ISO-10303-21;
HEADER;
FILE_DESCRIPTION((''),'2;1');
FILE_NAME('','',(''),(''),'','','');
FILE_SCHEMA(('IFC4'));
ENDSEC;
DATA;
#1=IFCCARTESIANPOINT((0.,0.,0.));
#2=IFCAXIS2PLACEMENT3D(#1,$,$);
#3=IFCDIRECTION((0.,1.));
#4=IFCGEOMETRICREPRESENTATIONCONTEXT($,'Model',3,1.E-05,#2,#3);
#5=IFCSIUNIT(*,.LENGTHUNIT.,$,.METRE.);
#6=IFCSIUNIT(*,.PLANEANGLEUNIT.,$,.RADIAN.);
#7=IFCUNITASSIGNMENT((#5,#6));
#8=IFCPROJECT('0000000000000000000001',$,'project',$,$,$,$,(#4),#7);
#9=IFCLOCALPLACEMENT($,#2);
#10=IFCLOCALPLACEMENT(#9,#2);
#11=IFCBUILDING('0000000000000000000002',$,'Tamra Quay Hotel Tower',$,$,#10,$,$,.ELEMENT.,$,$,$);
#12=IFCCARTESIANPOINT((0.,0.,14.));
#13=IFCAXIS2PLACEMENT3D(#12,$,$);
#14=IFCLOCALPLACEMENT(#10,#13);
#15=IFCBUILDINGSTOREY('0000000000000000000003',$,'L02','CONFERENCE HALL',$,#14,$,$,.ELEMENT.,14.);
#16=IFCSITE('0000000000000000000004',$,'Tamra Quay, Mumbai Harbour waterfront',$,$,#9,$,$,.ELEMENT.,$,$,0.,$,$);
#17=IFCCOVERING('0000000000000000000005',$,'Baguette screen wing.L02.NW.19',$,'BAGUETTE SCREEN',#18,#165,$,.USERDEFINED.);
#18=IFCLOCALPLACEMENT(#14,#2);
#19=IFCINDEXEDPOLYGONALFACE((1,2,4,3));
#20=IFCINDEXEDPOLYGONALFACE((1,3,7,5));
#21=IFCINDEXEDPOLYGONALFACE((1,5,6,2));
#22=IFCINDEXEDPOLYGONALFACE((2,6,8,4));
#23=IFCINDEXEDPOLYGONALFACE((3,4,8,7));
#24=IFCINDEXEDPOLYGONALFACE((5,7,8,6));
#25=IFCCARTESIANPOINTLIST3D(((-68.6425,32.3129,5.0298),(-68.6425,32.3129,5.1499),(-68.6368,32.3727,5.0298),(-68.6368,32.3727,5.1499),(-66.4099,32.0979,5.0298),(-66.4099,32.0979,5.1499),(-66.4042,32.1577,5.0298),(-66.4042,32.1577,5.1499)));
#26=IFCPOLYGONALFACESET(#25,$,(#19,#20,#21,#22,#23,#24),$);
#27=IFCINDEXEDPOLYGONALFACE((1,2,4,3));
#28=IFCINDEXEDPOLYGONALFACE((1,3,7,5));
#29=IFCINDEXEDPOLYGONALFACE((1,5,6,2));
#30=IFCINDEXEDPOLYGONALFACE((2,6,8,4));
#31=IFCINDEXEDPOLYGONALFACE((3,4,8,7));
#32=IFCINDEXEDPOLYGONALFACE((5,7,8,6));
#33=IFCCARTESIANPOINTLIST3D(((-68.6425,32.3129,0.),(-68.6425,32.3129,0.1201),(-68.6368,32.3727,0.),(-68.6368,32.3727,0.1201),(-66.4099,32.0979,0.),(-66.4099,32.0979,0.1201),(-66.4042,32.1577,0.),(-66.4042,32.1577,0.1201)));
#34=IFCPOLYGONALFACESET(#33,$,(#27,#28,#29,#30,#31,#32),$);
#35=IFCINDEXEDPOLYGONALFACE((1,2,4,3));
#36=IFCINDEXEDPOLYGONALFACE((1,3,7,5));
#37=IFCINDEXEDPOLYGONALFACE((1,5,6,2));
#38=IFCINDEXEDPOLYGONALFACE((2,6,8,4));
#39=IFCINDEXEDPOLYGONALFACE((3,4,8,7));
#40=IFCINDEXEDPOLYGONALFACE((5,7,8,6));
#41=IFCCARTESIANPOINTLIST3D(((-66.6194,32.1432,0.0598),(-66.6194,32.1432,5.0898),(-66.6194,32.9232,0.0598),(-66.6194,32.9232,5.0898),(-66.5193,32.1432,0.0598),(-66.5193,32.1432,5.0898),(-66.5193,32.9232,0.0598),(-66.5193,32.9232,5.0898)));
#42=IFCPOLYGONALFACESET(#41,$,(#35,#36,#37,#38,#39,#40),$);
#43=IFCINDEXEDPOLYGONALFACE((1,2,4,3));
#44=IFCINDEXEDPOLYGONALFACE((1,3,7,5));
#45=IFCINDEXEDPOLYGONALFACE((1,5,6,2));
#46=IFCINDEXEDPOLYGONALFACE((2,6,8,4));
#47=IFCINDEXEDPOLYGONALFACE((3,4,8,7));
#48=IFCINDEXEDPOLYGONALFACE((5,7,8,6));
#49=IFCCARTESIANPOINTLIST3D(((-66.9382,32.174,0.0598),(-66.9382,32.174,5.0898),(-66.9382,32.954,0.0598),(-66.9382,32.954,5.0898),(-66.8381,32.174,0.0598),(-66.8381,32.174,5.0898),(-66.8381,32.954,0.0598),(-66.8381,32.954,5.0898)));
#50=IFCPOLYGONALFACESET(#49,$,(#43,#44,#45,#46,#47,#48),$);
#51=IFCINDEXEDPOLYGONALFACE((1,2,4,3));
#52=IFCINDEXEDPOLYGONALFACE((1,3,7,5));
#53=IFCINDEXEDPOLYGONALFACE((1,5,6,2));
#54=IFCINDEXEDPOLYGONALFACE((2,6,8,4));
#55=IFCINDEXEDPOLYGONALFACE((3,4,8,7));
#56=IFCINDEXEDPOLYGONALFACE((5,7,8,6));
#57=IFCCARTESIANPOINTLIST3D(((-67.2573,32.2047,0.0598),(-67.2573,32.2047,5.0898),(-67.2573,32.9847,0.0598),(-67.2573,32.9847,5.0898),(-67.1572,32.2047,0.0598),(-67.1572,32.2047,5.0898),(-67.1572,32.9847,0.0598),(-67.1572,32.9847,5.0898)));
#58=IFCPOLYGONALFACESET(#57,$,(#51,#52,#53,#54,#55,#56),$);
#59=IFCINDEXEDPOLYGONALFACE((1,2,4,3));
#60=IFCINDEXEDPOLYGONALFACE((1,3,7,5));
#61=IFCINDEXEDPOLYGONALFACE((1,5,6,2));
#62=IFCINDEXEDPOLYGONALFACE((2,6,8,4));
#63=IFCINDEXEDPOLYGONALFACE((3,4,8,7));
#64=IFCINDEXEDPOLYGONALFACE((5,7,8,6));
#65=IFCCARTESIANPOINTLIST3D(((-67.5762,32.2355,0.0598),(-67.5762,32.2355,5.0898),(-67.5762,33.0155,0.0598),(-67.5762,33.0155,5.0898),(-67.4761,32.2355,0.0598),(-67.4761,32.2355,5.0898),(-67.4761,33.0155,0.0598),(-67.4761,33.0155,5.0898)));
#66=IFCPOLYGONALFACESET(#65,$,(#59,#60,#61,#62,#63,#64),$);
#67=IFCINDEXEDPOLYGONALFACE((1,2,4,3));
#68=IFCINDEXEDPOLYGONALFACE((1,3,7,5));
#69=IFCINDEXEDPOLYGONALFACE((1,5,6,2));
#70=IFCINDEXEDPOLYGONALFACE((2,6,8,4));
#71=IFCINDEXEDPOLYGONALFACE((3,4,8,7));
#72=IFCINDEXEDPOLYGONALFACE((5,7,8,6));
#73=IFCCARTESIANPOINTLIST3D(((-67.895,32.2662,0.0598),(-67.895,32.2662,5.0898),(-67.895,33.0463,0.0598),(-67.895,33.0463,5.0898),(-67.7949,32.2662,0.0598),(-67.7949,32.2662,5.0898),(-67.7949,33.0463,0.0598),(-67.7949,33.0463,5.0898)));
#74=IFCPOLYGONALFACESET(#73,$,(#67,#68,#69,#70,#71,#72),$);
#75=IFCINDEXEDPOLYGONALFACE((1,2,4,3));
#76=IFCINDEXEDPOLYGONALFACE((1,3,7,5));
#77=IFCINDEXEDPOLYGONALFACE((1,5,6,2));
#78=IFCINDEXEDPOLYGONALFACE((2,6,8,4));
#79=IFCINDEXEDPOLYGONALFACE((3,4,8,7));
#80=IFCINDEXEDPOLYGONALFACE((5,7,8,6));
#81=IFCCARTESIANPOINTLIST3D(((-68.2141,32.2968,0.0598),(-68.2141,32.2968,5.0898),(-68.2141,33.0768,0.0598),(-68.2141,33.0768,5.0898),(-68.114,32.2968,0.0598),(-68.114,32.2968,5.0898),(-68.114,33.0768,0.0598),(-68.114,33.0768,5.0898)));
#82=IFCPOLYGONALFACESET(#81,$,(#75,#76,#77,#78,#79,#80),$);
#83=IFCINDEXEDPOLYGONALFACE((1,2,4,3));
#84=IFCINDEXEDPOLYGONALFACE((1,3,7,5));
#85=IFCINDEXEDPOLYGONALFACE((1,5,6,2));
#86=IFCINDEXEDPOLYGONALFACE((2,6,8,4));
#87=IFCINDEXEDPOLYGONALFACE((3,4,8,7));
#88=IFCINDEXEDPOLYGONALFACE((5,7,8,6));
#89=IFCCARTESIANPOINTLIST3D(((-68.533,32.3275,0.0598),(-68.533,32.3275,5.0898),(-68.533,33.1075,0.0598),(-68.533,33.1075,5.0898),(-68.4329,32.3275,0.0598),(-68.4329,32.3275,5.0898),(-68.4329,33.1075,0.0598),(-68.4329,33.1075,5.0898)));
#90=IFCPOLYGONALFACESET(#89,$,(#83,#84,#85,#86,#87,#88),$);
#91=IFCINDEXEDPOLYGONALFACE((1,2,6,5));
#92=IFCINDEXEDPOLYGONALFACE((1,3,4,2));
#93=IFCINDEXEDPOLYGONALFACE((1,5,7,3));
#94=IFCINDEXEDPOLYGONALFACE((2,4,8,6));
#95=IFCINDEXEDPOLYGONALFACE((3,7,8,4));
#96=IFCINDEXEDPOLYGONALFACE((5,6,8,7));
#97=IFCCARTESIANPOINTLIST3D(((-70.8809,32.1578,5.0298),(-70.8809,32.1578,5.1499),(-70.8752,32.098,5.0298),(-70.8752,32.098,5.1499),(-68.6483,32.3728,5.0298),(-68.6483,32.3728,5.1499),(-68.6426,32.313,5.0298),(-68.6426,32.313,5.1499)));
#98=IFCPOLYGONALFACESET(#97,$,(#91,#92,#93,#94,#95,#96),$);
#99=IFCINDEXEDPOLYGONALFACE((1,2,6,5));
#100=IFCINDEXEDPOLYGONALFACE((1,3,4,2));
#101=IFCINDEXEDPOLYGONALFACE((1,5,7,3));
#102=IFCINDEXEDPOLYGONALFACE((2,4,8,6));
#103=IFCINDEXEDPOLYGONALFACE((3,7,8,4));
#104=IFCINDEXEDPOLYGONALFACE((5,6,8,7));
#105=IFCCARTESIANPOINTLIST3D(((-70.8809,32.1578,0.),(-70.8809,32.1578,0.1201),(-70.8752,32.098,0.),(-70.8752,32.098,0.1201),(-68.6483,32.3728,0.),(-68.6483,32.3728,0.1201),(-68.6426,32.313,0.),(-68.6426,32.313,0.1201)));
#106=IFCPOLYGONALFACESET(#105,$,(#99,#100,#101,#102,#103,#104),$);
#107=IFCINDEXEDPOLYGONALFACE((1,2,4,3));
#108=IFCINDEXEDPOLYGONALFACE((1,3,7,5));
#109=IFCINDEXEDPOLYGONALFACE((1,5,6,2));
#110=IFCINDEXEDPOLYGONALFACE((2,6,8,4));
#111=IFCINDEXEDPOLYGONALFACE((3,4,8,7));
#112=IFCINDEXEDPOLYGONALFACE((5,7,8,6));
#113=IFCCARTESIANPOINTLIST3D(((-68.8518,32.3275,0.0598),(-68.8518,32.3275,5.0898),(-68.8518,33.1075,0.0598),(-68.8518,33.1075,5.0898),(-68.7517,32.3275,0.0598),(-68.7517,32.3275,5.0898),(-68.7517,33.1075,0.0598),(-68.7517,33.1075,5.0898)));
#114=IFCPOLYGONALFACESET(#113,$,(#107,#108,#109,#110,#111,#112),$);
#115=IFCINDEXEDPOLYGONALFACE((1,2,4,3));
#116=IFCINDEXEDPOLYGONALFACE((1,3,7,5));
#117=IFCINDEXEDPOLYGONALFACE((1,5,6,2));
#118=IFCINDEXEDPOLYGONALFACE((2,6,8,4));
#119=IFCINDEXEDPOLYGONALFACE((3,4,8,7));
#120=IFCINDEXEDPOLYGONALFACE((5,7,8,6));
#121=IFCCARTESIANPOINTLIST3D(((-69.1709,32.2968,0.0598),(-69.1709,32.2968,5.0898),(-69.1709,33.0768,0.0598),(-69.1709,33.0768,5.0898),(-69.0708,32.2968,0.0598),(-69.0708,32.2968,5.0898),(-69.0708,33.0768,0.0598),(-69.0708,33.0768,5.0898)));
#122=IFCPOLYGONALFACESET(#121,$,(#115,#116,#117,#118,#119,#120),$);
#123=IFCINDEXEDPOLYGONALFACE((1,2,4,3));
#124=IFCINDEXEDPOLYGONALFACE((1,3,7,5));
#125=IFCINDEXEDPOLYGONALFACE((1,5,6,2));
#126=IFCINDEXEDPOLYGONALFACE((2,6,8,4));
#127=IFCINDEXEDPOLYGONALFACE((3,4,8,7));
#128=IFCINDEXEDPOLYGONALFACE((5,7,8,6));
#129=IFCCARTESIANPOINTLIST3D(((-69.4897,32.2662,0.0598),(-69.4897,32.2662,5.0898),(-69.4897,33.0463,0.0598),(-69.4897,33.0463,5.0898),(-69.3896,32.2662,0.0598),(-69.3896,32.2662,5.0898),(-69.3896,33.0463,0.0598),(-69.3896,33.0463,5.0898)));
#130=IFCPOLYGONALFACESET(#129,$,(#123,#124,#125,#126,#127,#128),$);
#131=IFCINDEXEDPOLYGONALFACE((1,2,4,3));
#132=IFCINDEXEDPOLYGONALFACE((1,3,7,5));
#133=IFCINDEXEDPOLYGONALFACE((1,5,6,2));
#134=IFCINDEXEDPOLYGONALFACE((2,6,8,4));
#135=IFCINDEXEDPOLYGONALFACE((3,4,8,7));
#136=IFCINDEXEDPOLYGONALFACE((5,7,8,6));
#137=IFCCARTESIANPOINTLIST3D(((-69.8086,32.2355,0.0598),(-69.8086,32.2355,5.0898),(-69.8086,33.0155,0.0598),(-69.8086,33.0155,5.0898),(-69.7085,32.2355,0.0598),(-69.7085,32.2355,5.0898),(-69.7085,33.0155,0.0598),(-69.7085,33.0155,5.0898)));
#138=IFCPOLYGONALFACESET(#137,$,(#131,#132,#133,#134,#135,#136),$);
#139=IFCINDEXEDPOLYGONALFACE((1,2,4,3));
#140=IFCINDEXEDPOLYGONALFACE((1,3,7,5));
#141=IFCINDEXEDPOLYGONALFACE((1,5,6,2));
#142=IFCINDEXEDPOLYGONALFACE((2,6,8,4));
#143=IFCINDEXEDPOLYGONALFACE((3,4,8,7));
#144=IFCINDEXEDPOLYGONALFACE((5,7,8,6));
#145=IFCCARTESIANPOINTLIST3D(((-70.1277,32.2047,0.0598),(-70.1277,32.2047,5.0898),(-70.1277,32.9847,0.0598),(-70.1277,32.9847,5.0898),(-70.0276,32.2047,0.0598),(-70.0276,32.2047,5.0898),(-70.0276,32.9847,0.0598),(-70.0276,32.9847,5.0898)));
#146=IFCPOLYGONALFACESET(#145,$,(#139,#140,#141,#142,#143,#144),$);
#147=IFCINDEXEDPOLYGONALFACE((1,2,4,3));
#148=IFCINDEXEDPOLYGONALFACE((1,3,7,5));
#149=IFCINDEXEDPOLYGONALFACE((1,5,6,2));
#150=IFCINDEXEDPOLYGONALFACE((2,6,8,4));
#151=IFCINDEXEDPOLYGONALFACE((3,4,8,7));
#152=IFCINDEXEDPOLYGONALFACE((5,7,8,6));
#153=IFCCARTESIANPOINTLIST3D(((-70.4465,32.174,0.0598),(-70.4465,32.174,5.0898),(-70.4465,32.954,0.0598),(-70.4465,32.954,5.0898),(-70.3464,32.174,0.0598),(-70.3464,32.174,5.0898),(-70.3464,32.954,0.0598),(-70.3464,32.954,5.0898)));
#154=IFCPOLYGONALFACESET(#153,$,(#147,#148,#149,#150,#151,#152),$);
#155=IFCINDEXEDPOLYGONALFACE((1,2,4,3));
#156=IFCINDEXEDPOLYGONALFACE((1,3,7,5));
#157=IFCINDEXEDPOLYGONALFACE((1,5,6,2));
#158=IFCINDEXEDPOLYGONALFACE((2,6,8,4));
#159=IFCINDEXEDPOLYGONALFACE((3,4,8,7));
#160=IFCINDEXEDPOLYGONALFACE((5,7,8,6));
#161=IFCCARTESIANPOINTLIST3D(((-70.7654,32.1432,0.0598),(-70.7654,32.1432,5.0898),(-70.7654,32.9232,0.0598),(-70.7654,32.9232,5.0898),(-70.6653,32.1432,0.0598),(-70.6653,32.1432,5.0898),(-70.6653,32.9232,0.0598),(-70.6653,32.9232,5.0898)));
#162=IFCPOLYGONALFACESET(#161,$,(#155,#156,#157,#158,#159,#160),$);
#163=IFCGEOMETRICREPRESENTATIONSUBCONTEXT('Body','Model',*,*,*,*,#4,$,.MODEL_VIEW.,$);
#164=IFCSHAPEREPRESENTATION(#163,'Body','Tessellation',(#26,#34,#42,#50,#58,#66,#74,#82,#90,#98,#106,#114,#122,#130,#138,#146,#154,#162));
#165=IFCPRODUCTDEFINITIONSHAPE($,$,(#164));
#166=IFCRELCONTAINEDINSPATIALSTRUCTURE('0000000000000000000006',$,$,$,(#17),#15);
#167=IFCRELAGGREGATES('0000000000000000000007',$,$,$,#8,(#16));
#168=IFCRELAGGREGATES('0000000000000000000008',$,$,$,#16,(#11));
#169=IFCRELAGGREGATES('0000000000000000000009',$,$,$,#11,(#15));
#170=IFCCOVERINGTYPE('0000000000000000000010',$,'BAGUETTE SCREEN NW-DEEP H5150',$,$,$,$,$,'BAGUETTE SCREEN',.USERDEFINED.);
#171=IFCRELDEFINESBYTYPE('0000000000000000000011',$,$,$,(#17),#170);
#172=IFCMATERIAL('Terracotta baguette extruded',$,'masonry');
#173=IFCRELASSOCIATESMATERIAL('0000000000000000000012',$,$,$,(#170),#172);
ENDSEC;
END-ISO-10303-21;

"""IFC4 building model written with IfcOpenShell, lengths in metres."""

from ifc_helpers import new_model, si_unit, direction, frame, frame_2d, origin, place, context, subcontext, project, spatial, rectangle, extrude, source, transform, mapped, material, type_object, element, save


model = new_model("IFC4")

# Units and contexts
model_context = context("Model", 3, precision=1e-05, world=origin(), true_north=direction((0.0, 1.0)))
body_context = subcontext(model_context, "Body", "Model", "MODEL_VIEW")
ifc_project = project(units=[si_unit("LENGTHUNIT", "METRE"), si_unit("PLANEANGLEUNIT", "RADIAN")], contexts=[model_context])

# Site, building, storey
site_placement = place(None, origin())
site = spatial("IfcSite", under=ifc_project, at=site_placement, Name="Tamra Quay, Mumbai Harbour waterfront", CompositionType="ELEMENT", RefElevation=0.0)
building_placement = place(site_placement, origin())
building = spatial("IfcBuilding", under=site, at=building_placement, Name="Tamra Quay Hotel Tower", CompositionType="ELEMENT")
storey_placement = place(building_placement, frame((0.0, 0.0, 14.0)))
storey = spatial("IfcBuildingStorey", under=building, at=storey_placement, Name="L02", Description="CONFERENCE HALL", CompositionType="ELEMENT", Elevation=14.0)

# Covering
ifc_material_1 = material(Name="Terracotta baguette extruded", Category="masonry")
covering_type_1 = type_object("IfcCoveringType", Name="BAGUETTE SCREEN NW-DEEP H5150", ElementType="BAGUETTE SCREEN", PredefinedType="USERDEFINED", material=ifc_material_1)
shared_shape_1 = source(origin(), body_context, "Body", "SweptSolid", [
    extrude(rectangle(XDim=2.2429, YDim=0.0601, at=frame_2d((1.1216, 0.03))), frame((-2.2383, -0.0576, -0.1201), z_axis=(0.0, 0.0, 1.0), x_axis=(0.995396, -0.095846, 0.0)), (0.0, 0.0, 1.0), 0.1201),
    extrude(rectangle(XDim=2.2429, YDim=0.0601, at=frame_2d((1.1216, 0.03))), frame((-2.2383, -0.0576, -5.1499), z_axis=(0.0, 0.0, 1.0), x_axis=(0.995396, -0.095846, 0.0)), (0.0, 0.0, 1.0), 0.1201),
    extrude(rectangle(XDim=0.1001, YDim=0.78, at=frame_2d((0.05, 0.3901))), frame((-2.123, -0.8232, -5.0901)), (0.0, 0.0, 1.0), 5.03),
    extrude(rectangle(XDim=0.1001, YDim=0.78, at=frame_2d((0.05, 0.3901))), frame((-1.8042, -0.854, -5.0901)), (0.0, 0.0, 1.0), 5.03),
    extrude(rectangle(XDim=0.1001, YDim=0.78, at=frame_2d((0.05, 0.3901))), frame((-1.4851, -0.8848, -5.0901)), (0.0, 0.0, 1.0), 5.03),
    extrude(rectangle(XDim=0.1001, YDim=0.78, at=frame_2d((0.05, 0.3901))), frame((-1.1663, -0.9155, -5.0901)), (0.0, 0.0, 1.0), 5.03),
    extrude(rectangle(XDim=0.1001, YDim=0.78, at=frame_2d((0.05, 0.3901))), frame((-0.8474, -0.9463, -5.0901)), (0.0, 0.0, 1.0), 5.03),
    extrude(rectangle(XDim=0.1001, YDim=0.78, at=frame_2d((0.05, 0.3901))), frame((-0.5283, -0.9768, -5.0901)), (0.0, 0.0, 1.0), 5.03),
    extrude(rectangle(XDim=0.1001, YDim=0.78, at=frame_2d((0.05, 0.3901))), frame((-0.2095, -1.0076, -5.0901)), (0.0, 0.0, 1.0), 5.03),
    extrude(rectangle(XDim=2.2429, YDim=0.0601, at=frame_2d((1.1216, 0.03))), frame((0.0059, -0.2727, -0.1201), z_axis=(0.0, 0.0, 1.0), x_axis=(0.995396, 0.095846, 0.0)), (0.0, 0.0, 1.0), 0.1201),
    extrude(rectangle(XDim=2.2429, YDim=0.0601, at=frame_2d((1.1216, 0.03))), frame((0.0059, -0.2727, -5.1499), z_axis=(0.0, 0.0, 1.0), x_axis=(0.995396, 0.095846, 0.0)), (0.0, 0.0, 1.0), 0.1201),
    extrude(rectangle(XDim=0.1001, YDim=0.78, at=frame_2d((0.05, 0.3901))), frame((0.1094, -1.0076, -5.0901)), (0.0, 0.0, 1.0), 5.03),
    extrude(rectangle(XDim=0.1001, YDim=0.78, at=frame_2d((0.05, 0.3901))), frame((0.4285, -0.9768, -5.0901)), (0.0, 0.0, 1.0), 5.03),
    extrude(rectangle(XDim=0.1001, YDim=0.78, at=frame_2d((0.05, 0.3901))), frame((0.7473, -0.9463, -5.0901)), (0.0, 0.0, 1.0), 5.03),
    extrude(rectangle(XDim=0.1001, YDim=0.78, at=frame_2d((0.05, 0.3901))), frame((1.0662, -0.9155, -5.0901)), (0.0, 0.0, 1.0), 5.03),
    extrude(rectangle(XDim=0.1001, YDim=0.78, at=frame_2d((0.05, 0.3901))), frame((1.3853, -0.8848, -5.0901)), (0.0, 0.0, 1.0), 5.03),
    extrude(rectangle(XDim=0.1001, YDim=0.78, at=frame_2d((0.05, 0.3901))), frame((1.7041, -0.854, -5.0901)), (0.0, 0.0, 1.0), 5.03),
    extrude(rectangle(XDim=0.1001, YDim=0.78, at=frame_2d((0.05, 0.3901))), frame((2.0229, -0.8232, -5.0901)), (0.0, 0.0, 1.0), 5.03),
])
covering_1_placement = place(storey_placement, frame((-68.6423, 32.1001, 5.1499), z_axis=(0.0, 0.0, 1.0), x_axis=(-1.0, 0.0, 0.0)))
element("IfcCovering", 1, at=covering_1_placement, inside=storey, type_object=covering_type_1, Name="Baguette screen wing.L02.NW.19", ObjectType="BAGUETTE SCREEN", PredefinedType="USERDEFINED", context=body_context, shape_type="MappedRepresentation", body=[
    mapped(shared_shape_1, transform((0.0, 0.0, 0.0), scale=1.0)),
])

save(model, "model.ifc")
